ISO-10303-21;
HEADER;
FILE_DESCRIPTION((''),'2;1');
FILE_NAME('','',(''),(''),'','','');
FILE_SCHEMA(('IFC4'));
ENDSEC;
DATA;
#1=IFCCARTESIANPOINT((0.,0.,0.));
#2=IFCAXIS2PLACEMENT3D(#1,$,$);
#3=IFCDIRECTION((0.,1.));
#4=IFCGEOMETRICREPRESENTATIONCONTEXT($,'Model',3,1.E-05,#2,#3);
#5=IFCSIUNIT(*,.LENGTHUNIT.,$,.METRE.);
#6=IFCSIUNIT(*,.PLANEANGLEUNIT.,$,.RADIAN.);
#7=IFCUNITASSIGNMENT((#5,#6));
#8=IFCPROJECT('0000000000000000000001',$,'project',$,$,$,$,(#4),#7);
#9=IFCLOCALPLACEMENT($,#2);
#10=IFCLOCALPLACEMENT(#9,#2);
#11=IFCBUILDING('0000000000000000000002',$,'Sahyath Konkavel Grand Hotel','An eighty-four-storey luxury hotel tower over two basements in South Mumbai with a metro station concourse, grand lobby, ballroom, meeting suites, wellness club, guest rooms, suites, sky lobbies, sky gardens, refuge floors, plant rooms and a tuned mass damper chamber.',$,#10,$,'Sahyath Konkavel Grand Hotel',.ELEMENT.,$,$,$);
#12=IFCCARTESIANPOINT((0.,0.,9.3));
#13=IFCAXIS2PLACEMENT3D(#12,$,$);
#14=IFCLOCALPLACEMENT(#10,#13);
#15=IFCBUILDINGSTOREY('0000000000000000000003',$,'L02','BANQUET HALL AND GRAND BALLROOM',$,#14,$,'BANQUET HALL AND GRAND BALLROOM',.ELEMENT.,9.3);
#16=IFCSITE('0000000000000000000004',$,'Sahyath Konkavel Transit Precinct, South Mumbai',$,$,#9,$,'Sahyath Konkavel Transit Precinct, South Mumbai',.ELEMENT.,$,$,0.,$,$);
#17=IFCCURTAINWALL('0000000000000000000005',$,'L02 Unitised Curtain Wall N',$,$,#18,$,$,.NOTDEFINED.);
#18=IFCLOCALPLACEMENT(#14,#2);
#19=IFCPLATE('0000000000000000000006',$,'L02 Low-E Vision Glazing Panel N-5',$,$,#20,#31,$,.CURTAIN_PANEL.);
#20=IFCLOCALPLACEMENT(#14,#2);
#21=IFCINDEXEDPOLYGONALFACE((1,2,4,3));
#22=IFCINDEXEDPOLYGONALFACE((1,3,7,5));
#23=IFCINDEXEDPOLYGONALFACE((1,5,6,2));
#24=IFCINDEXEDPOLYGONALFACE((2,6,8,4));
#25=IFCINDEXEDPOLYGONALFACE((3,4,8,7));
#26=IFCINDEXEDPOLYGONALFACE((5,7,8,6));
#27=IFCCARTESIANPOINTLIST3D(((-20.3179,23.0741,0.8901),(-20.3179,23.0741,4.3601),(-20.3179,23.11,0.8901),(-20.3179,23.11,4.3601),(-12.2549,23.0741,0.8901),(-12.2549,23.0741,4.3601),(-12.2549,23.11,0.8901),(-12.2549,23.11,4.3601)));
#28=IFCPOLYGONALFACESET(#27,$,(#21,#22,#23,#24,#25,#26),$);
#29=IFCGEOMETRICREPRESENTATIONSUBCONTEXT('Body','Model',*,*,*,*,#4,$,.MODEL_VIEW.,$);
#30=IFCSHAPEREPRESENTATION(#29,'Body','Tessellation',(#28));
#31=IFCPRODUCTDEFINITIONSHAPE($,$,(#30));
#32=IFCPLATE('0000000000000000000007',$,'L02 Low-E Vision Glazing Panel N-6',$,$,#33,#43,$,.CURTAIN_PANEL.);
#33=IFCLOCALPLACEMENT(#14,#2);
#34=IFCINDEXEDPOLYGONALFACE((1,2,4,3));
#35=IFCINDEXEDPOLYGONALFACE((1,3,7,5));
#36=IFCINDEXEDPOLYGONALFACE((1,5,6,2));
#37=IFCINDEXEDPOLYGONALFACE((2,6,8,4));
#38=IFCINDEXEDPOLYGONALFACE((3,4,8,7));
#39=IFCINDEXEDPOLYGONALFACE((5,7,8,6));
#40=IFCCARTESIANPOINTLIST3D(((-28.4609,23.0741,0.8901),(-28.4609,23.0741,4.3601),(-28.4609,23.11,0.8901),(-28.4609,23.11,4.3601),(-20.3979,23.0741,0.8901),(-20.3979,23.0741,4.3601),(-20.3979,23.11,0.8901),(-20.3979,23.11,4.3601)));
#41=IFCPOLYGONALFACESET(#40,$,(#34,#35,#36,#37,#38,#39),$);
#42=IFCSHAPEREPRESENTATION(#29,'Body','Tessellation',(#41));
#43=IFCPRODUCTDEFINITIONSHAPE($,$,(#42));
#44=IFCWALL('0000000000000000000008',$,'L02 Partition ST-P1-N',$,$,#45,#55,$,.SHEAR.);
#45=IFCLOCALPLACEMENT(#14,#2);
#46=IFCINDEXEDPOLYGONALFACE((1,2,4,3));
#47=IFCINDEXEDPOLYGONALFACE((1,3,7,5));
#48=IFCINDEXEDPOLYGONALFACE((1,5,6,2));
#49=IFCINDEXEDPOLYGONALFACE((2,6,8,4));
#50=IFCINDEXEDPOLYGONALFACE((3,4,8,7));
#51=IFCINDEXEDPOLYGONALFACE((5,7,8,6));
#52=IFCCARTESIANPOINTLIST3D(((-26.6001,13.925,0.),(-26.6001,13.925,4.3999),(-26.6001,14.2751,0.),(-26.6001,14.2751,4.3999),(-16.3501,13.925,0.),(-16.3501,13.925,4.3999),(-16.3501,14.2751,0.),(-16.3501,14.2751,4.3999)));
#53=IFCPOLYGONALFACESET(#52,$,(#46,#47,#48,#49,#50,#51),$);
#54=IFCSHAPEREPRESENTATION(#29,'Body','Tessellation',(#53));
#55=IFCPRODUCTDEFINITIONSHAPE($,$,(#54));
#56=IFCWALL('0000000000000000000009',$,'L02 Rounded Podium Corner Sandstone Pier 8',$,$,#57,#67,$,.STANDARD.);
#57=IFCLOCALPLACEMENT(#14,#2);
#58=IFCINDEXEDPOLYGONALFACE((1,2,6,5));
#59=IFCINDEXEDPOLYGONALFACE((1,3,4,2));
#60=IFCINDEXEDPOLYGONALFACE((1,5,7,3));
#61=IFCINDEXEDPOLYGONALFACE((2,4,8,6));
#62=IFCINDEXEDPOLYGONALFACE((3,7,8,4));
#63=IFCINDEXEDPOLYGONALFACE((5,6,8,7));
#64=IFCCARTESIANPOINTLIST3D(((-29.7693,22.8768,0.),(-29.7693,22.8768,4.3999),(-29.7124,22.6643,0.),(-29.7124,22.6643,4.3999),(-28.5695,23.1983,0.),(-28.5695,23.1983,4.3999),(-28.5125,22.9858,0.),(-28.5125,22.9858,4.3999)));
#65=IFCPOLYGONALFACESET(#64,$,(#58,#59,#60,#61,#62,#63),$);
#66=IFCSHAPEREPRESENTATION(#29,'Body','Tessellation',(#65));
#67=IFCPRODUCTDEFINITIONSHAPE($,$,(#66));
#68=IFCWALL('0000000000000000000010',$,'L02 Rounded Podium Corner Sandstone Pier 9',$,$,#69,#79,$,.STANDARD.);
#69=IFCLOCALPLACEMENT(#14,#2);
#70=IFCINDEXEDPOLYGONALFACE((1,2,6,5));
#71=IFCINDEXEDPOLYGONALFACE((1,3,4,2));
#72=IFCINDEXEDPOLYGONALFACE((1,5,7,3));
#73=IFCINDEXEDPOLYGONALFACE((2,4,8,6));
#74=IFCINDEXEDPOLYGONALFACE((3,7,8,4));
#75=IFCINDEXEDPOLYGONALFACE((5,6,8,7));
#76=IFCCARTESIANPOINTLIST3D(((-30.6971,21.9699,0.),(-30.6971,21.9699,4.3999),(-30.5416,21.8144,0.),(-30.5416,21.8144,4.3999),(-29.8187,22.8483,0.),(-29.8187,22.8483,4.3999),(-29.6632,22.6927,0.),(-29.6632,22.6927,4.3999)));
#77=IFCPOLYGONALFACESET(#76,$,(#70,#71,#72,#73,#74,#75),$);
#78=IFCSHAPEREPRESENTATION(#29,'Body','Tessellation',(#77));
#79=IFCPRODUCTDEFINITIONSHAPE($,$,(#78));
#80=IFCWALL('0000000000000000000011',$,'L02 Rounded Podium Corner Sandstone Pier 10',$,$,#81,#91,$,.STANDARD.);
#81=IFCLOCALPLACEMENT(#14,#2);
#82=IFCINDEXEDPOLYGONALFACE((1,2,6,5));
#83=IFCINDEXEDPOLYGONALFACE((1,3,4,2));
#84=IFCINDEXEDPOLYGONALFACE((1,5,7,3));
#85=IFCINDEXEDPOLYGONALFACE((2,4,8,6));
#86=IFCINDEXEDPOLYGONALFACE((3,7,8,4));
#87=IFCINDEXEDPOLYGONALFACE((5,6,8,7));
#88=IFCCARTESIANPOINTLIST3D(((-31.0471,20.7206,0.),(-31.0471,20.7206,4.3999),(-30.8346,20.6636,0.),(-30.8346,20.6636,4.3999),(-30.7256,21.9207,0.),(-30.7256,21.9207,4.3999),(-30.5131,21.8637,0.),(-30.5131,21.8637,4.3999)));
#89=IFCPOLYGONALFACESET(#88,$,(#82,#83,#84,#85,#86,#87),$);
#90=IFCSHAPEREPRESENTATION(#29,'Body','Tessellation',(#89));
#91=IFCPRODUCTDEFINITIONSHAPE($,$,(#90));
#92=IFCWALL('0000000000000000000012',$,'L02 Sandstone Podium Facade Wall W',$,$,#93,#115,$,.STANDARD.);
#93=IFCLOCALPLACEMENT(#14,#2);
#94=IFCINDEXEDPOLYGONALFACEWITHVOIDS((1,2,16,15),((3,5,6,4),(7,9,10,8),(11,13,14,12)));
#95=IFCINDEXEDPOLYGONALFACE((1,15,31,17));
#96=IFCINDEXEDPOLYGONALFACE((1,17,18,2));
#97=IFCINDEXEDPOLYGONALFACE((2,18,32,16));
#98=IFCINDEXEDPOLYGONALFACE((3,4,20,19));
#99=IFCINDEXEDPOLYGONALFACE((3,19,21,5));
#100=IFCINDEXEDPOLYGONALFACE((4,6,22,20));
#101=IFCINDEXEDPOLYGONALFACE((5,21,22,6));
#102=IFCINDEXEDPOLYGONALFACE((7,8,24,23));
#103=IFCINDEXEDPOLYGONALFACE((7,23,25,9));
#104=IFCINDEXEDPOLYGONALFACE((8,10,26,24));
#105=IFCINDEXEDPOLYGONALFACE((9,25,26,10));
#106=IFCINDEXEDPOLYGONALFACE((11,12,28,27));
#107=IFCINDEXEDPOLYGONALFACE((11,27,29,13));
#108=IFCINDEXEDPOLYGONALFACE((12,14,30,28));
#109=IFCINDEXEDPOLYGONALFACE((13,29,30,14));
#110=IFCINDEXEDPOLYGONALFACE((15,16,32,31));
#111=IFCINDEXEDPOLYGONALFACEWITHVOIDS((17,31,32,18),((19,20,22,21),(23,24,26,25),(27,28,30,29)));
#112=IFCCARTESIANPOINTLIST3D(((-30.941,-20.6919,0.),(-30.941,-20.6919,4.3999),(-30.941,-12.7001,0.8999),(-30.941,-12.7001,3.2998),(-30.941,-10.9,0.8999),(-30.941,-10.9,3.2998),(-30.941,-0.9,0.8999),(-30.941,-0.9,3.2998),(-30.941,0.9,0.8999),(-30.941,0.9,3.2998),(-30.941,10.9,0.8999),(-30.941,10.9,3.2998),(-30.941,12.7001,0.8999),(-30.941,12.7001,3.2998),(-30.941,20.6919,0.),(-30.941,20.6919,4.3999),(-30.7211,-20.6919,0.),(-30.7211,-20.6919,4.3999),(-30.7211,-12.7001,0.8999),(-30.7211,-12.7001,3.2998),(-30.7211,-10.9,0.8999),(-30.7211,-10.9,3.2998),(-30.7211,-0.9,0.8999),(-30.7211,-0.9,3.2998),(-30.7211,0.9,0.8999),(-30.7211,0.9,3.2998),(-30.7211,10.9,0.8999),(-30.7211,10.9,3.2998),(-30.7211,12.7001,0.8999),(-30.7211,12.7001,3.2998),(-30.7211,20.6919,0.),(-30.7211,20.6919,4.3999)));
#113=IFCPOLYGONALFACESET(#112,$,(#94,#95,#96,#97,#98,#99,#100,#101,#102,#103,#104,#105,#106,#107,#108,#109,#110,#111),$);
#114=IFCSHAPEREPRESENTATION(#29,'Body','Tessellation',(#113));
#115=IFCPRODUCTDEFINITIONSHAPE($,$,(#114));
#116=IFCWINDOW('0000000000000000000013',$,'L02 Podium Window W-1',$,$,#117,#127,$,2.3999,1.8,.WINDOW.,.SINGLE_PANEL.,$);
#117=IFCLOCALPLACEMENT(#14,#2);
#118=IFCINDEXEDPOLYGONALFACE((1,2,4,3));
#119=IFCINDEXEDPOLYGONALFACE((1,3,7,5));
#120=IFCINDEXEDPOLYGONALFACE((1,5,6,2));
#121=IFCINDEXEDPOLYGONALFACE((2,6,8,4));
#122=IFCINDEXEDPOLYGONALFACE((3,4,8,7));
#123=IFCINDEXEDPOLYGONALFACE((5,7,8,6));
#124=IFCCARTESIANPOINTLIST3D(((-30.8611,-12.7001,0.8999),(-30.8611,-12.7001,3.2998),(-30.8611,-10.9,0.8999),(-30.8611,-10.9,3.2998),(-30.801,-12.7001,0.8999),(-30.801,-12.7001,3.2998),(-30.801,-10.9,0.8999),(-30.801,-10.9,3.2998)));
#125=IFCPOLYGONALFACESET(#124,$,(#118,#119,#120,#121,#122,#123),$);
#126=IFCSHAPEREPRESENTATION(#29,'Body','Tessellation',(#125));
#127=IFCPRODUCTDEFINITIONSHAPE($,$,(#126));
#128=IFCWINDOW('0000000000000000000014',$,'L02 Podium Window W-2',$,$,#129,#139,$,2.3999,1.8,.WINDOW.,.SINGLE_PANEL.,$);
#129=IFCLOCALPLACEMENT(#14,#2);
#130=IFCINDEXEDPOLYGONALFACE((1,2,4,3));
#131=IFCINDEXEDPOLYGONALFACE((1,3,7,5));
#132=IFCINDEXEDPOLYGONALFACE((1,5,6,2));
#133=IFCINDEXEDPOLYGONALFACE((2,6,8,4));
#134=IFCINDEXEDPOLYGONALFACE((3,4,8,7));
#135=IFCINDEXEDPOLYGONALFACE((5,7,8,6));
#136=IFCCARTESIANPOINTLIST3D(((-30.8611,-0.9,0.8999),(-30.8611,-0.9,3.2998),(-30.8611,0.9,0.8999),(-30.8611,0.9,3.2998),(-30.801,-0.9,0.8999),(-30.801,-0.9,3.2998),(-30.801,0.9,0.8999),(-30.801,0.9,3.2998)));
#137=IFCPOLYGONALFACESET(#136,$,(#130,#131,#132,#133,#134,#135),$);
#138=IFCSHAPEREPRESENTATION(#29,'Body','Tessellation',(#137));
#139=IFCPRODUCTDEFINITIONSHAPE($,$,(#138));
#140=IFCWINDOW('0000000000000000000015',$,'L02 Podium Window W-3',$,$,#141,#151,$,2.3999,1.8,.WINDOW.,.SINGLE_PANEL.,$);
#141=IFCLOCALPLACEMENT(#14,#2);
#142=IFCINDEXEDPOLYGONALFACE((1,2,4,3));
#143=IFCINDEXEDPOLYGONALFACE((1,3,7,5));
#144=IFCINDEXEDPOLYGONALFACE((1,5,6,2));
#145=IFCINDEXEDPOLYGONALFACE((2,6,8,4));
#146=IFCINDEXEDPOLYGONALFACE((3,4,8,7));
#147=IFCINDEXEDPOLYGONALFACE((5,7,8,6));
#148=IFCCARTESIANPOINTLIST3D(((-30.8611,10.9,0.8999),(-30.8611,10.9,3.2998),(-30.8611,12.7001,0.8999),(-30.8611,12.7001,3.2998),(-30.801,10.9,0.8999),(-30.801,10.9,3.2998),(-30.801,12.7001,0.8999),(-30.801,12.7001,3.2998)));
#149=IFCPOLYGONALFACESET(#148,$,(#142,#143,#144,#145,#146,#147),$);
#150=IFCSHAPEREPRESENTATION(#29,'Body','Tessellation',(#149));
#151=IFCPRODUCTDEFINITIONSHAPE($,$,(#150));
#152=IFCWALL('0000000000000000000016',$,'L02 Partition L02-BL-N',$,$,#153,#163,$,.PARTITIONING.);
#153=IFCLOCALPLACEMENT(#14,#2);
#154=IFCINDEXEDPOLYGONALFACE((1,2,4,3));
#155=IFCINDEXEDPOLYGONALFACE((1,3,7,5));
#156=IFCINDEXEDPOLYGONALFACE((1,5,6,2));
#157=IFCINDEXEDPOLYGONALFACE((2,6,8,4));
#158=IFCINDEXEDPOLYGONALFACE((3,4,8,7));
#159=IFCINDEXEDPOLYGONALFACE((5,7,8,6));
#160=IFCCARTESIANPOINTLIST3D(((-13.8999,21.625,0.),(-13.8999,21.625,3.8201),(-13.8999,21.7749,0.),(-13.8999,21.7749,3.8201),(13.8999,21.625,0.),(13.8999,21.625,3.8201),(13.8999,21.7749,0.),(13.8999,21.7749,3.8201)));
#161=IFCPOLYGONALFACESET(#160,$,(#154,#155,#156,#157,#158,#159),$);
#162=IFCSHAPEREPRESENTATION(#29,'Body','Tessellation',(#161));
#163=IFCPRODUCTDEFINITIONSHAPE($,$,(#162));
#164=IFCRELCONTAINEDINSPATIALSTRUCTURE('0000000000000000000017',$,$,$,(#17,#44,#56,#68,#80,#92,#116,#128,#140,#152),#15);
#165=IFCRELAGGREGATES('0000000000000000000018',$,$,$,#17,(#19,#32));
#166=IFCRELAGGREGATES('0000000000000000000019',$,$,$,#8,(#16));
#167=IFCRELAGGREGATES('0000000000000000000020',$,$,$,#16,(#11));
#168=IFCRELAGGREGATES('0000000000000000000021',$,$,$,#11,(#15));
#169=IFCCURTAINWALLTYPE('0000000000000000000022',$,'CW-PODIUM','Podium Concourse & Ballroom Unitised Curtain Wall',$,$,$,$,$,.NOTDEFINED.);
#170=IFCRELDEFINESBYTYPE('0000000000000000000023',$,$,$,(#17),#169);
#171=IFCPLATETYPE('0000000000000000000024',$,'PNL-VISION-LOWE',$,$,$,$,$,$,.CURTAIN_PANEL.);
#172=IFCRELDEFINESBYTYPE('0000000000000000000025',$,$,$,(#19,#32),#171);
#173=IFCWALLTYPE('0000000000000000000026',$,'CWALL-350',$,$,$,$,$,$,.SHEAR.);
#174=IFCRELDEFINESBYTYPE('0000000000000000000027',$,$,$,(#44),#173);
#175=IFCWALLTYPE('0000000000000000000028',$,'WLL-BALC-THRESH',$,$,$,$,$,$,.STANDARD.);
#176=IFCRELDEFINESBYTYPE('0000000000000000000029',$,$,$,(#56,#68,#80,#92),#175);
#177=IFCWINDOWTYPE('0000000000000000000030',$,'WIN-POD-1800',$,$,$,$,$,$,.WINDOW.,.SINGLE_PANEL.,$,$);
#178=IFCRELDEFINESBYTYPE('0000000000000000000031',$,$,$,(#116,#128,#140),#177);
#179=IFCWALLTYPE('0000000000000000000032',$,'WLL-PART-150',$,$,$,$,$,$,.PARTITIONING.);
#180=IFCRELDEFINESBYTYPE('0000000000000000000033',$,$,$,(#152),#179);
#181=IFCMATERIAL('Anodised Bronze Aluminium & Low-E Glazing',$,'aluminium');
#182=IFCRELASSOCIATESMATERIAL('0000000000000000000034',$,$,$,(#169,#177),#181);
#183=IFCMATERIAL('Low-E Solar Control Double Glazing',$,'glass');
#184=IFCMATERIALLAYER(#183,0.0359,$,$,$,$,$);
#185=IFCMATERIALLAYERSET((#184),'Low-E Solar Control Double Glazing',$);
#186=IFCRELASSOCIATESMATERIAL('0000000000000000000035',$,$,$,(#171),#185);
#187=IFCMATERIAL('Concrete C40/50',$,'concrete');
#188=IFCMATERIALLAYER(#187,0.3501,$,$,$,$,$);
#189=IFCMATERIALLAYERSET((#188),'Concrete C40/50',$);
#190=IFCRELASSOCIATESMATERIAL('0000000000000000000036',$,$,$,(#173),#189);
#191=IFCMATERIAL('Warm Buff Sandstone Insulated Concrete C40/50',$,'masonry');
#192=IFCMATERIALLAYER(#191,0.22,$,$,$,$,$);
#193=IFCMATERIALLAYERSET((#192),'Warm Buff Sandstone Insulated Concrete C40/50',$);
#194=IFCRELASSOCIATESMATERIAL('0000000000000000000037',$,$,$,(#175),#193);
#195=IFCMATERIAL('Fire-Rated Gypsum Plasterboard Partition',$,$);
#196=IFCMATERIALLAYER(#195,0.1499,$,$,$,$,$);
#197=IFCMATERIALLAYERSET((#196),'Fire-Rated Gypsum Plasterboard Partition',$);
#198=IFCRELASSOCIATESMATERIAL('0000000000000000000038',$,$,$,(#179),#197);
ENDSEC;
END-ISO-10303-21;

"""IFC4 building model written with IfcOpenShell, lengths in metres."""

from ifc_helpers import new_model, si_unit, direction, frame, frame_2d, origin, origin_2d, place, context, subcontext, project, spatial, rectangle, extrude, source, transform, mapped, material, layer, layer_set, type_object, element, fill, aggregate, save


model = new_model("IFC4")

# Units and contexts
model_context = context("Model", 3, precision=1e-05, world=origin(), true_north=direction((0.0, 1.0)))
body_context = subcontext(model_context, "Body", "Model", "MODEL_VIEW")
ifc_project = project(units=[si_unit("LENGTHUNIT", "METRE"), si_unit("PLANEANGLEUNIT", "RADIAN")], contexts=[model_context])

# Site, building, storey
site_placement = place(None, origin())
site = spatial("IfcSite", under=ifc_project, at=site_placement, Name="Sahyath Konkavel Transit Precinct, South Mumbai", LongName="Sahyath Konkavel Transit Precinct, South Mumbai", CompositionType="ELEMENT", RefElevation=0.0)
building_placement = place(site_placement, origin())
building = spatial("IfcBuilding", under=site, at=building_placement, Name="Sahyath Konkavel Grand Hotel", Description="An eighty-four-storey luxury hotel tower over two basements in South Mumbai with a metro station concourse, grand lobby, ballroom, meeting suites, wellness club, guest rooms, suites, sky lobbies, sky gardens, refuge floors, plant rooms and a tuned mass damper chamber.", LongName="Sahyath Konkavel Grand Hotel", CompositionType="ELEMENT")
storey_placement = place(building_placement, frame((0.0, 0.0, 9.3)))
storey = spatial("IfcBuildingStorey", under=building, at=storey_placement, Name="L02", Description="BANQUET HALL AND GRAND BALLROOM", LongName="BANQUET HALL AND GRAND BALLROOM", CompositionType="ELEMENT", Elevation=9.3)

# Curtain wall, plates
ifc_material_1 = material(Name="Anodised Bronze Aluminium & Low-E Glazing", Category="aluminium")
curtain_wall_type = type_object("IfcCurtainWallType", Name="CW-PODIUM", Description="Podium Concourse & Ballroom Unitised Curtain Wall", PredefinedType="NOTDEFINED", material=ifc_material_1)
curtain_wall_placement = place(storey_placement, origin())
curtain_wall = element("IfcCurtainWall", 1, at=curtain_wall_placement, inside=storey, type_object=curtain_wall_type, Name="L02 Unitised Curtain Wall N", PredefinedType="NOTDEFINED")
ifc_material_2 = material(Name="Low-E Solar Control Double Glazing", Category="glass")
ifc_layer_1 = layer(ifc_material_2, 0.0359)
ifc_layer_set_1 = layer_set([ifc_layer_1], Name="Low-E Solar Control Double Glazing")
plate_type_1 = type_object("IfcPlateType", Name="PNL-VISION-LOWE", PredefinedType="CURTAIN_PANEL", material=ifc_layer_set_1)
shared_shape_1 = source(origin(), body_context, "Body", "SweptSolid", [
    extrude(rectangle(XDim=8.063, YDim=0.0359, at=origin_2d()), origin(), (0.0, 0.0, 1.0), 3.47),
])
plate_1_placement = place(storey_placement, frame((-16.2864, 23.092, 0.8901), z_axis=(0.0, 0.0, 1.0), x_axis=(-1.0, 0.0, 0.0)))
plate_1 = element("IfcPlate", 2, at=plate_1_placement, type_object=plate_type_1, Name="L02 Low-E Vision Glazing Panel N-5", PredefinedType="CURTAIN_PANEL", context=body_context, shape_type="MappedRepresentation", body=[
    mapped(shared_shape_1, transform((0.0, 0.0, 0.0), scale=1.0)),
])
plate_2_placement = place(storey_placement, frame((-24.4294, 23.092, 0.8901), z_axis=(0.0, 0.0, 1.0), x_axis=(-1.0, 0.0, 0.0)))
plate_2 = element("IfcPlate", 3, at=plate_2_placement, type_object=plate_type_1, Name="L02 Low-E Vision Glazing Panel N-6", PredefinedType="CURTAIN_PANEL", context=body_context, shape_type="MappedRepresentation", body=[
    mapped(shared_shape_1, transform((0.0, 0.0, 0.0), scale=1.0)),
])
aggregate(curtain_wall, [plate_1, plate_2])

# Walls
ifc_material_3 = material(Name="Concrete C40/50", Category="concrete")
ifc_layer_2 = layer(ifc_material_3, 0.3501)
ifc_layer_set_2 = layer_set([ifc_layer_2], Name="Concrete C40/50")
wall_type_1 = type_object("IfcWallType", Name="CWALL-350", PredefinedType="SHEAR", material=ifc_layer_set_2)
wall_1_placement = place(storey_placement, frame((-26.6001, 14.1001, 0.0), z_axis=(0.0, 0.0, 1.0), x_axis=(1.0, 0.0, 0.0)))
element("IfcWall", 4, at=wall_1_placement, inside=storey, type_object=wall_type_1, Name="L02 Partition ST-P1-N", PredefinedType="SHEAR", context=body_context, shape_type="SweptSolid", body=[
    extrude(rectangle(XDim=10.25, YDim=0.3501, at=frame_2d((5.125, 0.0))), origin(), (0.0, 0.0, 1.0), 4.3999),
])
ifc_material_4 = material(Name="Warm Buff Sandstone Insulated Concrete C40/50", Category="masonry")
ifc_layer_3 = layer(ifc_material_4, 0.22)
ifc_layer_set_3 = layer_set([ifc_layer_3], Name="Warm Buff Sandstone Insulated Concrete C40/50")
wall_type_2 = type_object("IfcWallType", Name="WLL-BALC-THRESH", PredefinedType="STANDARD", material=ifc_layer_set_3)
for number, where, z_axis, x_axis, name in (
    (5, (-28.541, 23.092, 0.0), (0.0, 0.0, 1.0), (-0.965924, -0.258824, 0.0), "L02 Rounded Podium Corner Sandstone Pier 8"),
    (6, (-29.741, 22.7705, 0.0), (0.0, 0.0, 1.0), (-0.707107, -0.707107, 0.0), "L02 Rounded Podium Corner Sandstone Pier 9"),
):
    element("IfcWall", number, at=place(storey_placement, frame(where, z_axis=z_axis, x_axis=x_axis)), inside=storey, type_object=wall_type_2, Name=name, PredefinedType="STANDARD", context=body_context, shape_type="SweptSolid", body=[
        extrude(rectangle(XDim=1.2422, YDim=0.22, at=frame_2d((0.6211, 0.0))), origin(), (0.0, 0.0, 1.0), 4.3999),
    ])
wall_2_placement = place(storey_placement, frame((-30.6194, 21.8921, 0.0), z_axis=(0.0, 0.0, 1.0), x_axis=(-0.258775, -0.965938, 0.0)))
element("IfcWall", 7, at=wall_2_placement, inside=storey, type_object=wall_type_2, Name="L02 Rounded Podium Corner Sandstone Pier 10", PredefinedType="STANDARD", context=body_context, shape_type="SweptSolid", body=[
    extrude(rectangle(XDim=1.2424, YDim=0.22, at=frame_2d((0.6211, 0.0))), origin(), (0.0, 0.0, 1.0), 4.3999),
])

# Wall, openings, windows
wall_3_placement = place(storey_placement, frame((-30.8311, 20.6919, 0.0), z_axis=(0.0, 0.0, 1.0), x_axis=(0.0, -1.0, 0.0)))
wall_3 = element("IfcWall", 8, at=wall_3_placement, inside=storey, type_object=wall_type_2, Name="L02 Sandstone Podium Facade Wall W", PredefinedType="STANDARD", context=body_context, shape_type="SweptSolid", body=[
    extrude(rectangle(XDim=41.3838, YDim=0.22, at=frame_2d((20.6919, 0.0))), origin(), (0.0, 0.0, 1.0), 4.3999),
])
opening_1_placement = place(wall_3_placement, frame((31.592, 0.0, 0.8999)))
opening_1 = element("IfcOpeningElement", 9, at=opening_1_placement, cuts=wall_3, PredefinedType="OPENING", context=body_context, shape_type="SweptSolid", body=[
    extrude(rectangle(XDim=1.8, YDim=2.3999, at=frame_2d((0.8999, 1.2))), frame((0.0, 0.1201, 0.0), z_axis=(0.0, -1.0, 0.0), x_axis=(1.0, 0.0, 0.0)), (0.0, 0.0, 1.0), 0.24),
])
opening_2_placement = place(wall_3_placement, frame((19.792, 0.0, 0.8999)))
opening_2 = element("IfcOpeningElement", 10, at=opening_2_placement, cuts=wall_3, PredefinedType="OPENING", context=body_context, shape_type="SweptSolid", body=[
    extrude(rectangle(XDim=1.8, YDim=2.3999, at=frame_2d((0.8999, 1.2))), frame((0.0, 0.1201, 0.0), z_axis=(0.0, -1.0, 0.0), x_axis=(1.0, 0.0, 0.0)), (0.0, 0.0, 1.0), 0.24),
])
opening_3_placement = place(wall_3_placement, frame((7.9919, 0.0, 0.8999)))
opening_3 = element("IfcOpeningElement", 11, at=opening_3_placement, cuts=wall_3, PredefinedType="OPENING", context=body_context, shape_type="SweptSolid", body=[
    extrude(rectangle(XDim=1.8, YDim=2.3999, at=frame_2d((0.8999, 1.2))), frame((0.0, 0.1201, 0.0), z_axis=(0.0, -1.0, 0.0), x_axis=(1.0, 0.0, 0.0)), (0.0, 0.0, 1.0), 0.24),
])
window_type = type_object("IfcWindowType", Name="WIN-POD-1800", PartitioningType="SINGLE_PANEL", PredefinedType="WINDOW", material=ifc_material_1)
shared_shape_2 = source(origin(), body_context, "Body", "SweptSolid", [
    extrude(rectangle(XDim=1.8, YDim=0.0601, at=origin_2d()), origin(), (0.0, 0.0, 1.0), 2.3999),
])
window_1_placement = place(opening_1_placement, frame((0.8999, 0.0, 0.0)))
window_1 = element("IfcWindow", 12, at=window_1_placement, inside=storey, type_object=window_type, Name="L02 Podium Window W-1", OverallHeight=2.3999, OverallWidth=1.8, PartitioningType="SINGLE_PANEL", PredefinedType="WINDOW", context=body_context, shape_type="MappedRepresentation", body=[
    mapped(shared_shape_2, transform((0.0, 0.0, 0.0), scale=1.0)),
])
fill(opening_1, window_1)
window_2_placement = place(opening_2_placement, frame((0.8999, 0.0, 0.0)))
window_2 = element("IfcWindow", 13, at=window_2_placement, inside=storey, type_object=window_type, Name="L02 Podium Window W-2", OverallHeight=2.3999, OverallWidth=1.8, PartitioningType="SINGLE_PANEL", PredefinedType="WINDOW", context=body_context, shape_type="MappedRepresentation", body=[
    mapped(shared_shape_2, transform((0.0, 0.0, 0.0), scale=1.0)),
])
fill(opening_2, window_2)
window_3_placement = place(opening_3_placement, frame((0.8999, 0.0, 0.0)))
window_3 = element("IfcWindow", 14, at=window_3_placement, inside=storey, type_object=window_type, Name="L02 Podium Window W-3", OverallHeight=2.3999, OverallWidth=1.8, PartitioningType="SINGLE_PANEL", PredefinedType="WINDOW", context=body_context, shape_type="MappedRepresentation", body=[
    mapped(shared_shape_2, transform((0.0, 0.0, 0.0), scale=1.0)),
])
fill(opening_3, window_3)

# Wall
ifc_material_5 = material(Name="Fire-Rated Gypsum Plasterboard Partition")
ifc_layer_4 = layer(ifc_material_5, 0.1499)
ifc_layer_set_4 = layer_set([ifc_layer_4], Name="Fire-Rated Gypsum Plasterboard Partition")
wall_type_3 = type_object("IfcWallType", Name="WLL-PART-150", PredefinedType="PARTITIONING", material=ifc_layer_set_4)
wall_4_placement = place(storey_placement, frame((-13.8999, 21.7, 0.0), z_axis=(0.0, 0.0, 1.0), x_axis=(1.0, 0.0, 0.0)))
element("IfcWall", 15, at=wall_4_placement, inside=storey, type_object=wall_type_3, Name="L02 Partition L02-BL-N", PredefinedType="PARTITIONING", context=body_context, shape_type="SweptSolid", body=[
    extrude(rectangle(XDim=27.7998, YDim=0.1499, at=frame_2d((13.8999, 0.0))), origin(), (0.0, 0.0, 1.0), 3.8201),
])

save(model, "model.ifc")
